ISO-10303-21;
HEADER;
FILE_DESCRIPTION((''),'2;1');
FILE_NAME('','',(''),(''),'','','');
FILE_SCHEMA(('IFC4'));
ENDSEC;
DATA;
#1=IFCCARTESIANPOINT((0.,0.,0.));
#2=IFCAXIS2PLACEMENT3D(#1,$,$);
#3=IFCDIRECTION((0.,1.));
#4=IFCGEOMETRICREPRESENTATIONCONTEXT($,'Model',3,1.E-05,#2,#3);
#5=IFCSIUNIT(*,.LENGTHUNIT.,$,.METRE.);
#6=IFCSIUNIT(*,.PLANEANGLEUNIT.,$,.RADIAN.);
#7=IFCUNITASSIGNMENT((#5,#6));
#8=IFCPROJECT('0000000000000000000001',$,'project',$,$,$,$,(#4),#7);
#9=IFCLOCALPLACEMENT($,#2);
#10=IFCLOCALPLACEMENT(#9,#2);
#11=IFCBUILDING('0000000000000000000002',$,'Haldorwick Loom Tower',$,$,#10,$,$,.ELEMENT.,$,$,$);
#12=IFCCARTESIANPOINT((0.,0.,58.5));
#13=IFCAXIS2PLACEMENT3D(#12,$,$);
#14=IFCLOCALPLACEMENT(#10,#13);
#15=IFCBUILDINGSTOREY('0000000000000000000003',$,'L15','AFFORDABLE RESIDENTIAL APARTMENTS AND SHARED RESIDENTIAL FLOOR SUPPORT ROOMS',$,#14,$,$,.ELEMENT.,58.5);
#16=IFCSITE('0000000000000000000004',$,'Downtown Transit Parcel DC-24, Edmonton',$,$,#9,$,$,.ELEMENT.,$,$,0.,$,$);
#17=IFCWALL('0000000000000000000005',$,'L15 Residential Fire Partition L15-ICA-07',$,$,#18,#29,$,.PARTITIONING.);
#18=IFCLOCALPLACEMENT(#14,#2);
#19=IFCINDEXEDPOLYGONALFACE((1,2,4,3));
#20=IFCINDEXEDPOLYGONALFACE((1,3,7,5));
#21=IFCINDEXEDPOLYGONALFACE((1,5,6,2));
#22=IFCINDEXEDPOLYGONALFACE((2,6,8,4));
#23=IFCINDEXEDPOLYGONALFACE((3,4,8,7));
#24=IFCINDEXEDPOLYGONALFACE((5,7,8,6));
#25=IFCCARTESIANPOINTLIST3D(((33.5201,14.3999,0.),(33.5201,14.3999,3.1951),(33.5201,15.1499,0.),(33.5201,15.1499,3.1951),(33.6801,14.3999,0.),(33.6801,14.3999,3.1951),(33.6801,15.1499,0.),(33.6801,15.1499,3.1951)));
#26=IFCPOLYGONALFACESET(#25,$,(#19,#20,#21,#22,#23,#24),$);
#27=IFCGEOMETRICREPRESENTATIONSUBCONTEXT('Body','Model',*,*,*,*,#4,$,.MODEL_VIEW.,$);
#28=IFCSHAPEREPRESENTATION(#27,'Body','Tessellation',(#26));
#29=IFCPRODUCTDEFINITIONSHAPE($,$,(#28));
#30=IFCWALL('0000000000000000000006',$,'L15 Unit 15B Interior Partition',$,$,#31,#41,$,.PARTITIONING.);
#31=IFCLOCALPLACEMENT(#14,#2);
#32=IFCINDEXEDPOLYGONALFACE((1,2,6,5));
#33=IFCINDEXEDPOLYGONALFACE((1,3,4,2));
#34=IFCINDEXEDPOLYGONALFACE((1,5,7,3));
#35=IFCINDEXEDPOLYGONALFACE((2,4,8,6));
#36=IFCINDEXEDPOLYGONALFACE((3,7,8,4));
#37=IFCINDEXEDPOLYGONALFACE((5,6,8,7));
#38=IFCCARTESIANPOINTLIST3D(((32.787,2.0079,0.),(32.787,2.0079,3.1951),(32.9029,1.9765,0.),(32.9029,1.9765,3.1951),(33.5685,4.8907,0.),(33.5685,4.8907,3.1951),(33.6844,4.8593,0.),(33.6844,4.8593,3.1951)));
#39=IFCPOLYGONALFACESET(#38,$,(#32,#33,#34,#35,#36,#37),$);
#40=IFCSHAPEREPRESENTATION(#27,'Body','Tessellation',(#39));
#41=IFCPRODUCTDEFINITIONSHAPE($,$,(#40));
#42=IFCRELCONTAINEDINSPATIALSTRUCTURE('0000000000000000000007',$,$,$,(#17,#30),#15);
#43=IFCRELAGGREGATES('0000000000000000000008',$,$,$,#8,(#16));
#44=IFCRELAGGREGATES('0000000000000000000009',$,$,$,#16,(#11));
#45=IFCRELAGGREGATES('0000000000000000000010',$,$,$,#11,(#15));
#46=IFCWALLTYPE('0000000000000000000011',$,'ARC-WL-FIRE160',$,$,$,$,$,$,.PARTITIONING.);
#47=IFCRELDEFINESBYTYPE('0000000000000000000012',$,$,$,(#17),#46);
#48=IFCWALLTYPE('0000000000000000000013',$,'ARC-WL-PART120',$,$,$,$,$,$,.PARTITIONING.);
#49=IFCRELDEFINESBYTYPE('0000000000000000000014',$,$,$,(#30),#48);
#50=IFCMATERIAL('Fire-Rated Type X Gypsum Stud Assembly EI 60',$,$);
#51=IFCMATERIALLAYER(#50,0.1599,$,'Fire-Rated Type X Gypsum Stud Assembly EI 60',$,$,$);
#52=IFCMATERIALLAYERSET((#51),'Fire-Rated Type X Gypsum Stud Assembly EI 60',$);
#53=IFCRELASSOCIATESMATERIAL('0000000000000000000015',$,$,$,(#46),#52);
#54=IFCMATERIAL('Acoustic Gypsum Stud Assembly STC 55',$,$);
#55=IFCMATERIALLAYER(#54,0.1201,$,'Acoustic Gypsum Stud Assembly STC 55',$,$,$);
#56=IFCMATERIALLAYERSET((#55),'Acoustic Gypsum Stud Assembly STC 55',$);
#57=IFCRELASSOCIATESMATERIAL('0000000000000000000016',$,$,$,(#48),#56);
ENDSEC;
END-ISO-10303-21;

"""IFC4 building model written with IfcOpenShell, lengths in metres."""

from ifc_helpers import new_model, si_unit, direction, frame, frame_2d, origin, place, context, subcontext, project, spatial, rectangle, extrude, material, layer, layer_set, type_object, element, save


model = new_model("IFC4")

# Units and contexts
model_context = context("Model", 3, precision=1e-05, world=origin(), true_north=direction((0.0, 1.0)))
body_context = subcontext(model_context, "Body", "Model", "MODEL_VIEW")
ifc_project = project(units=[si_unit("LENGTHUNIT", "METRE"), si_unit("PLANEANGLEUNIT", "RADIAN")], contexts=[model_context])

# Site, building, storey
site_placement = place(None, origin())
site = spatial("IfcSite", under=ifc_project, at=site_placement, Name="Downtown Transit Parcel DC-24, Edmonton", CompositionType="ELEMENT", RefElevation=0.0)
building_placement = place(site_placement, origin())
building = spatial("IfcBuilding", under=site, at=building_placement, Name="Haldorwick Loom Tower", CompositionType="ELEMENT")
storey_placement = place(building_placement, frame((0.0, 0.0, 58.5)))
storey = spatial("IfcBuildingStorey", under=building, at=storey_placement, Name="L15", Description="AFFORDABLE RESIDENTIAL APARTMENTS AND SHARED RESIDENTIAL FLOOR SUPPORT ROOMS", CompositionType="ELEMENT", Elevation=58.5)

# Walls
ifc_material_1 = material(Name="Fire-Rated Type X Gypsum Stud Assembly EI 60")
ifc_layer_1 = layer(ifc_material_1, 0.1599, Name="Fire-Rated Type X Gypsum Stud Assembly EI 60")
ifc_layer_set_1 = layer_set([ifc_layer_1], Name="Fire-Rated Type X Gypsum Stud Assembly EI 60")
wall_type_1 = type_object("IfcWallType", Name="ARC-WL-FIRE160", PredefinedType="PARTITIONING", material=ifc_layer_set_1)
wall_1_placement = place(storey_placement, frame((33.6001, 15.1499, 0.0), z_axis=(0.0, 0.0, 1.0), x_axis=(0.0, -1.0, 0.0)))
element("IfcWall", 1, at=wall_1_placement, inside=storey, type_object=wall_type_1, Name="L15 Residential Fire Partition L15-ICA-07", PredefinedType="PARTITIONING", context=body_context, shape_type="SweptSolid", body=[
    extrude(rectangle(XDim=0.75, YDim=0.1599, at=frame_2d((0.375, 0.0))), origin(), (0.0, 0.0, 1.0), 3.1951),
])
ifc_material_2 = material(Name="Acoustic Gypsum Stud Assembly STC 55")
ifc_layer_2 = layer(ifc_material_2, 0.1201, Name="Acoustic Gypsum Stud Assembly STC 55")
ifc_layer_set_2 = layer_set([ifc_layer_2], Name="Acoustic Gypsum Stud Assembly STC 55")
wall_type_2 = type_object("IfcWallType", Name="ARC-WL-PART120", PredefinedType="PARTITIONING", material=ifc_layer_set_2)
wall_2_placement = place(storey_placement, frame((33.6265, 4.875, 0.0), z_axis=(0.0, 0.0, 1.0), x_axis=(-0.261644, -0.965164, 0.0)))
element("IfcWall", 2, at=wall_2_placement, inside=storey, type_object=wall_type_2, Name="L15 Unit 15B Interior Partition", PredefinedType="PARTITIONING", context=body_context, shape_type="SweptSolid", body=[
    extrude(rectangle(XDim=2.9868, YDim=0.1201, at=frame_2d((1.4934, 0.0))), origin(), (0.0, 0.0, 1.0), 3.1951),
])

save(model, "model.ifc")
